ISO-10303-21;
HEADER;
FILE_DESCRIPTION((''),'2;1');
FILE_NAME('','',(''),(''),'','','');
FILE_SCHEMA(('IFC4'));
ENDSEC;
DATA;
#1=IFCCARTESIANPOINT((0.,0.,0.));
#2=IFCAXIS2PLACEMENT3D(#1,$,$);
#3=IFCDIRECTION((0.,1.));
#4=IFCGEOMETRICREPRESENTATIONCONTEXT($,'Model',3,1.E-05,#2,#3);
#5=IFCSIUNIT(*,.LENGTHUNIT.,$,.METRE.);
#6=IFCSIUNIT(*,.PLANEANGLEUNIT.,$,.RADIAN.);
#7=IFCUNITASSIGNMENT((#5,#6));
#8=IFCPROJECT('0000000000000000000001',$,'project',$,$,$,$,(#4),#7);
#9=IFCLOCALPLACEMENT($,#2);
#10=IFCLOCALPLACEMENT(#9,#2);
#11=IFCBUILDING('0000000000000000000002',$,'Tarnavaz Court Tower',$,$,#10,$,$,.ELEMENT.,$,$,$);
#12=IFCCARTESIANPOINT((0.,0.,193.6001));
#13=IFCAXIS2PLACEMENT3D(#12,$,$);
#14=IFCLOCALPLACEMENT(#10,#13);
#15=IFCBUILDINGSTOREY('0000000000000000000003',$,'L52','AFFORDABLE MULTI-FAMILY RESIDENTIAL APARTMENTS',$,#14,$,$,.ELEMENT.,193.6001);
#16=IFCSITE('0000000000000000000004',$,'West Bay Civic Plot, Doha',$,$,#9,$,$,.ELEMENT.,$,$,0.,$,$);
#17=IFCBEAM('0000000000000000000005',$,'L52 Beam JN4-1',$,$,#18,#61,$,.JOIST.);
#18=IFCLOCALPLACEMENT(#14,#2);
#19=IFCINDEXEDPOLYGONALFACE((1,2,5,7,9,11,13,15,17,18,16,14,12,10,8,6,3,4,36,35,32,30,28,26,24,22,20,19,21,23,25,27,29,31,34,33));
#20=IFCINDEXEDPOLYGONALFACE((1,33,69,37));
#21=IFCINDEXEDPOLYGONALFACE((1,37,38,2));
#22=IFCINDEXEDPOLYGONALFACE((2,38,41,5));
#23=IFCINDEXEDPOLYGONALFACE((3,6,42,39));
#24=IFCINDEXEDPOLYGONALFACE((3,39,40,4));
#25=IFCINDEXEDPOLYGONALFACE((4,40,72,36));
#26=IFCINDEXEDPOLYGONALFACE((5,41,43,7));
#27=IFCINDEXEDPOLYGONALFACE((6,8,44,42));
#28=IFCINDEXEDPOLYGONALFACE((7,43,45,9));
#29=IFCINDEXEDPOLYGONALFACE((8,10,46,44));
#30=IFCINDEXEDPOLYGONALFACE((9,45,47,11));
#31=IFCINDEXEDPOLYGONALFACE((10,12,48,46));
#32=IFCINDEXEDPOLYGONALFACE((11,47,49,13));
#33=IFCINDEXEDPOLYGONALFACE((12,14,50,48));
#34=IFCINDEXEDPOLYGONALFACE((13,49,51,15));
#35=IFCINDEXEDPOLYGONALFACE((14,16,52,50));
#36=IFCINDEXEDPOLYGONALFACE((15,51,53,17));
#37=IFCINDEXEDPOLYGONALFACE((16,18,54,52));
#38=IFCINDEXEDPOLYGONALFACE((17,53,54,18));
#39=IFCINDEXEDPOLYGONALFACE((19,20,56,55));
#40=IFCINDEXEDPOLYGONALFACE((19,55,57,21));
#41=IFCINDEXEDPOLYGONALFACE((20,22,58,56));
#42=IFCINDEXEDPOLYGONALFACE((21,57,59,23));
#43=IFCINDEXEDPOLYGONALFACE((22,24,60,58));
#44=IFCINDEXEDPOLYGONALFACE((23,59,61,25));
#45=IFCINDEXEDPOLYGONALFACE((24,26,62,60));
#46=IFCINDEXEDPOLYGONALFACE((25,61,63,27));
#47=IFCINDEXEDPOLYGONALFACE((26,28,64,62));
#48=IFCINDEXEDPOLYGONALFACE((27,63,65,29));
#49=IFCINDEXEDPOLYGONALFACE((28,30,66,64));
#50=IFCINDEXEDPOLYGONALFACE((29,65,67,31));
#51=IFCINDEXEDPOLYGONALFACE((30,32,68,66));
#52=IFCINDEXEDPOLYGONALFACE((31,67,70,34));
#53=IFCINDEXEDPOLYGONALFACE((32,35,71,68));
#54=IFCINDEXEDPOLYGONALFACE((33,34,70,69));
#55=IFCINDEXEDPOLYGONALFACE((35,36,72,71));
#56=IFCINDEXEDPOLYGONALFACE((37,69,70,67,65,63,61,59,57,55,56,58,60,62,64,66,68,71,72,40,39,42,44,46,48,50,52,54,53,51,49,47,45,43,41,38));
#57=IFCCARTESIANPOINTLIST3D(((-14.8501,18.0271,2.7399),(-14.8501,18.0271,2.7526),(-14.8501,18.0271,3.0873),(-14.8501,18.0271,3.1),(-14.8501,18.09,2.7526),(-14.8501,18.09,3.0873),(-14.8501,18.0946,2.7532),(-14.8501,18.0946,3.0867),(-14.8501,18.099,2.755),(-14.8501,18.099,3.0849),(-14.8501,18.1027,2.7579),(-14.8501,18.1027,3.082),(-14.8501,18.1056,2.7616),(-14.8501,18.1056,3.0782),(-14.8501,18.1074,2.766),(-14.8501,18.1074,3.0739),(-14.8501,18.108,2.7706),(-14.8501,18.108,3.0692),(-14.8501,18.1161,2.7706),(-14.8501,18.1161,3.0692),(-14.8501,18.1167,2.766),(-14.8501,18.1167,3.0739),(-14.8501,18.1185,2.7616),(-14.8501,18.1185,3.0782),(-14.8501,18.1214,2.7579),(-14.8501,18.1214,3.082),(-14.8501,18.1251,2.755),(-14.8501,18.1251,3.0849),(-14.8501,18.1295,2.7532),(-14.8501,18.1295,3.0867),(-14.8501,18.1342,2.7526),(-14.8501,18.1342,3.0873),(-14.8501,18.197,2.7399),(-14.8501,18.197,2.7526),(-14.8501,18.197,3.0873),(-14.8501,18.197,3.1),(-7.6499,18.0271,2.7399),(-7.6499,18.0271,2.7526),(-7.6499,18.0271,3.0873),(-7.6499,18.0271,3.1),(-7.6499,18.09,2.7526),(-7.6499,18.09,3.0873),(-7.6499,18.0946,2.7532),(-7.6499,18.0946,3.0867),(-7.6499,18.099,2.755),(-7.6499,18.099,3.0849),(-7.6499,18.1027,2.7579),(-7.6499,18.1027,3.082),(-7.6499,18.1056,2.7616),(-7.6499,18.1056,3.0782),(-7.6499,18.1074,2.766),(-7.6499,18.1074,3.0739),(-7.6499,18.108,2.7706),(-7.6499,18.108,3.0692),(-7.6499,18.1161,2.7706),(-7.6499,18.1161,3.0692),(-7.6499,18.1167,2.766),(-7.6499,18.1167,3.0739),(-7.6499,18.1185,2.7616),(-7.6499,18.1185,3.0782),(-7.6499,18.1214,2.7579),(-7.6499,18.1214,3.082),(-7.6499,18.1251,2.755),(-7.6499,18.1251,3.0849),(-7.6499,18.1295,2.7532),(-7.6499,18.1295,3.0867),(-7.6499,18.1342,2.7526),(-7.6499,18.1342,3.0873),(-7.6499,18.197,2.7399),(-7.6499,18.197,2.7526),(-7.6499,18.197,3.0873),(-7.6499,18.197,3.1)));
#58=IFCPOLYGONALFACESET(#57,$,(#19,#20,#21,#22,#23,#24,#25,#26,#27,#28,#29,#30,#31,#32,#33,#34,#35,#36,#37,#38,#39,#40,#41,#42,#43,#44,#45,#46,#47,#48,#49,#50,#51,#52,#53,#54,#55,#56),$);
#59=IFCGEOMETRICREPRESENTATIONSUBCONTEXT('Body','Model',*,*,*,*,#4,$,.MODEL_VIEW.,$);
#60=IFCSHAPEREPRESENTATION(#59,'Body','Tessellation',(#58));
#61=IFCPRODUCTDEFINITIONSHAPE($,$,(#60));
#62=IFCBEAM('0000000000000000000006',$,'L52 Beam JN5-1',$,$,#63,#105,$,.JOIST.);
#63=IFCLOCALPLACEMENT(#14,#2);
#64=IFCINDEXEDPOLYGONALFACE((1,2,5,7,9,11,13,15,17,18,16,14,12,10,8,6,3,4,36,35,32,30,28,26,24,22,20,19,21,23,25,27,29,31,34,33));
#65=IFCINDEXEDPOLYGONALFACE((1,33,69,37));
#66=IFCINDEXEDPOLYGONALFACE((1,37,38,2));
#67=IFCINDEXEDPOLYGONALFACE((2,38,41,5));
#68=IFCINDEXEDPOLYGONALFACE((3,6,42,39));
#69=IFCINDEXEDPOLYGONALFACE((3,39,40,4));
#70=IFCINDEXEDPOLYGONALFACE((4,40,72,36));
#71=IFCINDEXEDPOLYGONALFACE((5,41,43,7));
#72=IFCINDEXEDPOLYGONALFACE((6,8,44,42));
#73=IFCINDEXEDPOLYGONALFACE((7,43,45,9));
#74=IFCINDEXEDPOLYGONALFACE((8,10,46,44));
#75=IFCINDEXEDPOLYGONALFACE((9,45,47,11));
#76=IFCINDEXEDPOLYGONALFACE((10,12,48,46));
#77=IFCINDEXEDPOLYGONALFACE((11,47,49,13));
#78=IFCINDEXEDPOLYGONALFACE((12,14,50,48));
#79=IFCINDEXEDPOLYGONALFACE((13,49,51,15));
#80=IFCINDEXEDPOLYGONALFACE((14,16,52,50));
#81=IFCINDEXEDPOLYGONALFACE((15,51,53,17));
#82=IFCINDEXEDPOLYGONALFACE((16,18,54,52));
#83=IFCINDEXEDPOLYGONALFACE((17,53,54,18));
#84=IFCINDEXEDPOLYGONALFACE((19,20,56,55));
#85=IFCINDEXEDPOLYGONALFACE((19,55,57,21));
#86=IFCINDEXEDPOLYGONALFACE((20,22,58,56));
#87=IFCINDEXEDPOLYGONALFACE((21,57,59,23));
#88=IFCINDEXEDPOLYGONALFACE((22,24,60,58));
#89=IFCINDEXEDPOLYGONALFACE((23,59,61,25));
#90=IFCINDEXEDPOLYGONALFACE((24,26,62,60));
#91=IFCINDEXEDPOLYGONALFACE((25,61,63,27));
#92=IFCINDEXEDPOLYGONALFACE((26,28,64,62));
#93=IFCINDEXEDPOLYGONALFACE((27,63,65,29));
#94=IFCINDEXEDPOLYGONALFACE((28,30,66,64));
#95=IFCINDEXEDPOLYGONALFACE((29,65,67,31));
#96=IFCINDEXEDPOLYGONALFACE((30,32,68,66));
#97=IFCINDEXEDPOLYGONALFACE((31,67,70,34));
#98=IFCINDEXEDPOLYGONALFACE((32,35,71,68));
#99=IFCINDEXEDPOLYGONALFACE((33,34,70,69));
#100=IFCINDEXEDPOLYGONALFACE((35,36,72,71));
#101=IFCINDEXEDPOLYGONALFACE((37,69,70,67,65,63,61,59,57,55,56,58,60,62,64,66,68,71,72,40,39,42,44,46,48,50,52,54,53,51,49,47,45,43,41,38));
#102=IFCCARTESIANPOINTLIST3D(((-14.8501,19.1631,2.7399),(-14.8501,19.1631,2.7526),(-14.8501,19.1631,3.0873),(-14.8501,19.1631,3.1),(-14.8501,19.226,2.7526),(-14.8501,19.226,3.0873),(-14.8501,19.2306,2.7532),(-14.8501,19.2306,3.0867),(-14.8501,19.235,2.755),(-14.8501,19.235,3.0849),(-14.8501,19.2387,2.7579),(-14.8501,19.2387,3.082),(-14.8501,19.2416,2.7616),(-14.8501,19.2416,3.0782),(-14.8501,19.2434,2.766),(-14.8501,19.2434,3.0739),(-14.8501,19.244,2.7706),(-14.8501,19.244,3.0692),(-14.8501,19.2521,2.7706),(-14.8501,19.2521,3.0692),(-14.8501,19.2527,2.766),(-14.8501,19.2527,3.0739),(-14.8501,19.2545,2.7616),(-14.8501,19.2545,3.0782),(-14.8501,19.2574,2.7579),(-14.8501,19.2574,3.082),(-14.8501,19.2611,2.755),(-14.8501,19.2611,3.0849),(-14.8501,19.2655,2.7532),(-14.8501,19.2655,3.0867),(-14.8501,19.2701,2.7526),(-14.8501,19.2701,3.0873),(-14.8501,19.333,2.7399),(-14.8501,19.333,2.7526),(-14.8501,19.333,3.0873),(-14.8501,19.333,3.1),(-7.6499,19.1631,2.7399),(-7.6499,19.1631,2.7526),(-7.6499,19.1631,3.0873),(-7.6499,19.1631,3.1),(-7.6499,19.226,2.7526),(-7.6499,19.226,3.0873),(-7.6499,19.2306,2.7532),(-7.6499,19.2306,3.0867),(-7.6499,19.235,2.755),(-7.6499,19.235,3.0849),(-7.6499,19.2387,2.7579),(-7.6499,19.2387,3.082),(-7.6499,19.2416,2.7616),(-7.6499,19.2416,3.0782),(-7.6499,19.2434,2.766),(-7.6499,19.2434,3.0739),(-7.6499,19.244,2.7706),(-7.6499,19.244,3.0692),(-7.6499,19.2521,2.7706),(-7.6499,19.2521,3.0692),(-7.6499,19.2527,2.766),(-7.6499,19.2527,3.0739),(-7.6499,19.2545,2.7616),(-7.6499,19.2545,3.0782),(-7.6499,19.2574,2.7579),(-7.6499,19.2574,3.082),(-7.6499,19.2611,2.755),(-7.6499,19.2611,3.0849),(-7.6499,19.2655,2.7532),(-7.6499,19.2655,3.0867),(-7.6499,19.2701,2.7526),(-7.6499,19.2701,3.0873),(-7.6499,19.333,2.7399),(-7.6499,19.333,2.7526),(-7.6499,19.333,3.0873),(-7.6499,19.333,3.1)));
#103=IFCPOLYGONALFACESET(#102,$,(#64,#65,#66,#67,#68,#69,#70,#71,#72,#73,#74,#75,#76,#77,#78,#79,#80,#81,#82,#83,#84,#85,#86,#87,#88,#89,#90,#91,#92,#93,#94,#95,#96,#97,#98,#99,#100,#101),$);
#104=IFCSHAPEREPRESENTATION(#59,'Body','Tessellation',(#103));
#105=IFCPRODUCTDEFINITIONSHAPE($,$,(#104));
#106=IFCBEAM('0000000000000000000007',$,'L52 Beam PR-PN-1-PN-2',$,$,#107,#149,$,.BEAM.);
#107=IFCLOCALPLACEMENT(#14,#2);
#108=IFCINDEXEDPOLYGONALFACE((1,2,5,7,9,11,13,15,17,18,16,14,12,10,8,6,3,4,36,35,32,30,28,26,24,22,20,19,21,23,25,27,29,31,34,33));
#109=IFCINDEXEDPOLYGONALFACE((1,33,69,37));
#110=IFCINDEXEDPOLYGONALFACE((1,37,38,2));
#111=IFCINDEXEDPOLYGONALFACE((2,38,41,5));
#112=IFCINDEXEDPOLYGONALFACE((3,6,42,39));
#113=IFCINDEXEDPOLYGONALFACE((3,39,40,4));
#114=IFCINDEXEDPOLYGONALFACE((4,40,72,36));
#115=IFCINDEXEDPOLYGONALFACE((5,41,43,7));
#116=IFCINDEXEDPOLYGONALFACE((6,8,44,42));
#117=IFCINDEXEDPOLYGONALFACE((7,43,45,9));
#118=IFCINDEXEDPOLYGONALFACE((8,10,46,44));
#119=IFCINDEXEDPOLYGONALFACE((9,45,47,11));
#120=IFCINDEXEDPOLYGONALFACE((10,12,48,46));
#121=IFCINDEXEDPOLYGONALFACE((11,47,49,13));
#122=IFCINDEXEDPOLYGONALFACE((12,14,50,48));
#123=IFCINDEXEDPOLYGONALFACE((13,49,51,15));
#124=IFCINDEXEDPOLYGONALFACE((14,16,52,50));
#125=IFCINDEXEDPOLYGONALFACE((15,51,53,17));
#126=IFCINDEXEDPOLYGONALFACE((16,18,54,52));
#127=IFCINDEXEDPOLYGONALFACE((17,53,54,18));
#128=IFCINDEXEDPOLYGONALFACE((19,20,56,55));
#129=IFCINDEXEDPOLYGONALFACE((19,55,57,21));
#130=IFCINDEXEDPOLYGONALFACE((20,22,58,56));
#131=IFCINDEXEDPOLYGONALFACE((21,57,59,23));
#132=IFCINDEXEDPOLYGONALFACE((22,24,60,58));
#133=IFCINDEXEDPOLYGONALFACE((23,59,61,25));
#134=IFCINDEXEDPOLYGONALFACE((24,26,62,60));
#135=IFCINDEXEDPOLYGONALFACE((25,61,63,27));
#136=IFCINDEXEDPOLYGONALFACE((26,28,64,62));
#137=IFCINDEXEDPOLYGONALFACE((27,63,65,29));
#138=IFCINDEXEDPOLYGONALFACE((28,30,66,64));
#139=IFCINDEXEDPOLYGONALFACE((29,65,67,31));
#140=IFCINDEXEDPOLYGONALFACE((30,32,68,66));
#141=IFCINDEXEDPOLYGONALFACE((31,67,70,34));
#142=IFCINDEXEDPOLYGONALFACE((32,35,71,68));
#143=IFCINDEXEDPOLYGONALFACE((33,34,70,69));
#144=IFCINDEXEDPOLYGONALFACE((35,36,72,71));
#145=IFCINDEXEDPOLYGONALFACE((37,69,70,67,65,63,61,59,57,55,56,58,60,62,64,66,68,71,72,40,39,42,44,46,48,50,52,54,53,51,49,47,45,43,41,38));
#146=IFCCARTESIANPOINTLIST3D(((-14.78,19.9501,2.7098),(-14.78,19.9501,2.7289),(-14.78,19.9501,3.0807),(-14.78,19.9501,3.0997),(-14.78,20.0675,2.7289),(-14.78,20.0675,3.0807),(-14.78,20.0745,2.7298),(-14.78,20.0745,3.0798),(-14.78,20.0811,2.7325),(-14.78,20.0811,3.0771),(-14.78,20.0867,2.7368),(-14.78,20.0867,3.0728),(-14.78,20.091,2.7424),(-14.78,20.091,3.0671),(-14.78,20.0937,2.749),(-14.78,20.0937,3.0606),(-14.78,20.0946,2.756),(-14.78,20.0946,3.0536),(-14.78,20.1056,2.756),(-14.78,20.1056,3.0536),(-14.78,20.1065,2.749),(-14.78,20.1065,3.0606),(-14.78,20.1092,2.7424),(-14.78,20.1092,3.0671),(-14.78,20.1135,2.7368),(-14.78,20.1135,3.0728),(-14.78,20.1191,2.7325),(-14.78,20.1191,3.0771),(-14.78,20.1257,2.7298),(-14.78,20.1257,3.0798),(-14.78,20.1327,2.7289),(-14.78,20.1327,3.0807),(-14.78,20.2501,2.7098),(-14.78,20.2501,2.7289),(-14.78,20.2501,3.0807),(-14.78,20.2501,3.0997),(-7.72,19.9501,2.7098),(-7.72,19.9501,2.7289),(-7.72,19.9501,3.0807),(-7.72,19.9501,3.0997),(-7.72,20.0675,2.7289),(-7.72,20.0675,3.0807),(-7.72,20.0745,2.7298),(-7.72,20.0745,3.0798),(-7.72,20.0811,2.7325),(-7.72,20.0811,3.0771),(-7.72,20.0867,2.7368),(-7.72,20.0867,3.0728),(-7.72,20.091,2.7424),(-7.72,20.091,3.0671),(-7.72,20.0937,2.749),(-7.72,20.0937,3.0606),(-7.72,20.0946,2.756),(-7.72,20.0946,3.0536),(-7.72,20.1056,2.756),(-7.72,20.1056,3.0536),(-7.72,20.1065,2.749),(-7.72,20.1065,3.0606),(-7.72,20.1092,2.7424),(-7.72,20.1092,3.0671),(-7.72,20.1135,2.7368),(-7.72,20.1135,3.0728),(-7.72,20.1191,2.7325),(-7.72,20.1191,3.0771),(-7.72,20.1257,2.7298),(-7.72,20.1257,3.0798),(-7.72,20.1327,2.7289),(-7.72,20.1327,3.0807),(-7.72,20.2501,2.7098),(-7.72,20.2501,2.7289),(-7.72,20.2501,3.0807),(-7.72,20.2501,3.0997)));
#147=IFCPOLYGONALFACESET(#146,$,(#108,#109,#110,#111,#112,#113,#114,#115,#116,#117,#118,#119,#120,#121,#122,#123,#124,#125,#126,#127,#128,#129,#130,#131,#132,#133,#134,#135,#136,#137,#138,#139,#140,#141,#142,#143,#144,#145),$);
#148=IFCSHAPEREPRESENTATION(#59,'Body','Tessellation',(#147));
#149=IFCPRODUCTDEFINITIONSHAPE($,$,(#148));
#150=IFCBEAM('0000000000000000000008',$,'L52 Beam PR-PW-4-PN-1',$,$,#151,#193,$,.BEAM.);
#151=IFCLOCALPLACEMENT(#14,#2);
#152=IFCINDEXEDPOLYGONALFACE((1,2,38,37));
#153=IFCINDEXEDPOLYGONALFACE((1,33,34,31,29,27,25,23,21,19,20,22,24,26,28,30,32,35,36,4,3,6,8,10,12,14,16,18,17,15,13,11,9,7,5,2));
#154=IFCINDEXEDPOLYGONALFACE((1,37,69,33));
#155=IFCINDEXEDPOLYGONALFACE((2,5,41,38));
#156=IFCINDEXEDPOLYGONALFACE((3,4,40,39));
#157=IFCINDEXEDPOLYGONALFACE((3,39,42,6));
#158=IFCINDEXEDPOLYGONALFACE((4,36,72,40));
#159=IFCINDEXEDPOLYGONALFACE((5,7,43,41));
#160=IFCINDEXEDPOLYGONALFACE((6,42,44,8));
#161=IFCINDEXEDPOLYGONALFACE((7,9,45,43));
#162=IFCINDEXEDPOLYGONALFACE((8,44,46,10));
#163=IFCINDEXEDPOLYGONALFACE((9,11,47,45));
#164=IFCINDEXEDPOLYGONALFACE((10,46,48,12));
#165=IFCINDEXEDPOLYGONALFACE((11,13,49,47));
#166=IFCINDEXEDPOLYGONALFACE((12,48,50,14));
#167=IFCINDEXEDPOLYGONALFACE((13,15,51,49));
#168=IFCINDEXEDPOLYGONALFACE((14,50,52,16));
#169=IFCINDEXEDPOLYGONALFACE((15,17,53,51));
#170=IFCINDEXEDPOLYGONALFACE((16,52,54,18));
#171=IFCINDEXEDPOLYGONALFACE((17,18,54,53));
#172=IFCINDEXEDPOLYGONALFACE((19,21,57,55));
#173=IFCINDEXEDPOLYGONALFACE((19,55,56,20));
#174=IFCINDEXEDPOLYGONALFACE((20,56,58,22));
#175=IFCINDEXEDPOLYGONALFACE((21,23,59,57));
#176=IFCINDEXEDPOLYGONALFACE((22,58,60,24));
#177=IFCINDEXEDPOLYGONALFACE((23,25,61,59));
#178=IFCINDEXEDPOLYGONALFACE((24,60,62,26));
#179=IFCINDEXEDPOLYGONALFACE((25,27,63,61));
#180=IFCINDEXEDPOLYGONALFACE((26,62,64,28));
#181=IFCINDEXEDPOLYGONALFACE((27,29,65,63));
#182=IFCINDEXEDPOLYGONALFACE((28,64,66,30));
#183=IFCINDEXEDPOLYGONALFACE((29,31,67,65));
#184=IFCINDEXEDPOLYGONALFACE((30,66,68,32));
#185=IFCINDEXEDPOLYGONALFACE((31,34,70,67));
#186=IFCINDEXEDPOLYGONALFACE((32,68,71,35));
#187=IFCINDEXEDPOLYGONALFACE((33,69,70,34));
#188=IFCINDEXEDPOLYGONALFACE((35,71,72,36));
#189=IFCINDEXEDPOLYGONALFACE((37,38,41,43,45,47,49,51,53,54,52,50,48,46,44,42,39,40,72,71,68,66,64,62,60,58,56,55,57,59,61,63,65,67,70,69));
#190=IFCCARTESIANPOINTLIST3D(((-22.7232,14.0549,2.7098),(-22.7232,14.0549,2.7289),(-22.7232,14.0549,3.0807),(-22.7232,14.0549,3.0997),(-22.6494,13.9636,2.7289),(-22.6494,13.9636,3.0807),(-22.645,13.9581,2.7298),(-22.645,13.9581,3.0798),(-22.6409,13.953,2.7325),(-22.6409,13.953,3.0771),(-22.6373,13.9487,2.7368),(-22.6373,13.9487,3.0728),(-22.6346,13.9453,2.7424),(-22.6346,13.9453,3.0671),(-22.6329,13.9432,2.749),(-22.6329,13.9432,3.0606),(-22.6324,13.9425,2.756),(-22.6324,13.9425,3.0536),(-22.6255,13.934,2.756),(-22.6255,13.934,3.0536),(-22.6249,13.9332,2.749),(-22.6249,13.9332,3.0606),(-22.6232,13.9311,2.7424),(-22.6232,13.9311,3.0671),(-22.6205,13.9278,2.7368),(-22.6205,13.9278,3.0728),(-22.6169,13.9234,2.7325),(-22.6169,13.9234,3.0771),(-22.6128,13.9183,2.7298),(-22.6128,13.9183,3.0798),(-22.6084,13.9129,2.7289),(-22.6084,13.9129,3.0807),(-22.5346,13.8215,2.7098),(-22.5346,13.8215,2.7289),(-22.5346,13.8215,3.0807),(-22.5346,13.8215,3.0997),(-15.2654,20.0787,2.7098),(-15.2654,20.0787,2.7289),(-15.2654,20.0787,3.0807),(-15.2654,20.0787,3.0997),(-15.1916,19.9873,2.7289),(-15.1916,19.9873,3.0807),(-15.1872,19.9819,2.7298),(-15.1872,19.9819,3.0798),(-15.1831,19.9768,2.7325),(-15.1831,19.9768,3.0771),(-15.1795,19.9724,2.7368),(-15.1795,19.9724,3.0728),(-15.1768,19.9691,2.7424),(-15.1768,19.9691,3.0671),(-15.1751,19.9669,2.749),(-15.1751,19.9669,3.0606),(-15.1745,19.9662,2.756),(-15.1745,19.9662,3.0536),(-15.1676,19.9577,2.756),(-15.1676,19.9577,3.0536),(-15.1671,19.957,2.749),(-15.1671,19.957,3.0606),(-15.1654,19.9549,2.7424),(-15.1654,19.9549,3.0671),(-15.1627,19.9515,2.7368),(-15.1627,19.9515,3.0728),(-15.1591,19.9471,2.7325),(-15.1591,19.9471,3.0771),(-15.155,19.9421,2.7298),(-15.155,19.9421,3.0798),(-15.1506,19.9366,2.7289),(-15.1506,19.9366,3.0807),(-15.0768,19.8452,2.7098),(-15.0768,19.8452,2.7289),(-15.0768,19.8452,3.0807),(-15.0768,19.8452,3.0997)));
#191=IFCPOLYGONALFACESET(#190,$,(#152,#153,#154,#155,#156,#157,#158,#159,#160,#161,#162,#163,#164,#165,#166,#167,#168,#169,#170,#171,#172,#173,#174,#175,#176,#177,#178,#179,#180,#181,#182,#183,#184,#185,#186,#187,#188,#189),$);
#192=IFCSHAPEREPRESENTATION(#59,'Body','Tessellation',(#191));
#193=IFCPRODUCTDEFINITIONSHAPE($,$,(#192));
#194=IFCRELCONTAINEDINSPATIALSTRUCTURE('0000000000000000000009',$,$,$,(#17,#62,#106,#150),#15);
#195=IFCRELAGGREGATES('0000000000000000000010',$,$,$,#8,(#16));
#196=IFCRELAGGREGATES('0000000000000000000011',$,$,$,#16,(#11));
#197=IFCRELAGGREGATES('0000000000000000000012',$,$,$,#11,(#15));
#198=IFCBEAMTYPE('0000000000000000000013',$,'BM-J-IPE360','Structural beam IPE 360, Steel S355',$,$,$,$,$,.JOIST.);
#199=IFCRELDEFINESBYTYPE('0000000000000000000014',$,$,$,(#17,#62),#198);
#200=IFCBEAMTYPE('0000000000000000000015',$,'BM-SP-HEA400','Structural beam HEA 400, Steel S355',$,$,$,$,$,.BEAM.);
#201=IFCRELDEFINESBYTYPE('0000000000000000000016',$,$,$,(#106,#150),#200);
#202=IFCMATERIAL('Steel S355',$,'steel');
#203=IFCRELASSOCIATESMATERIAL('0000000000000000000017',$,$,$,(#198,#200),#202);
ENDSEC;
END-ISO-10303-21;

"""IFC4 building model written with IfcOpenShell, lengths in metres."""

from ifc_helpers import new_model, si_unit, direction, frame, origin, origin_2d, place, context, subcontext, project, spatial, i_section, extrude, material, material_profile, profile_set, type_object, element, save


model = new_model("IFC4")

# Units and contexts
model_context = context("Model", 3, precision=1e-05, world=origin(), true_north=direction((0.0, 1.0)))
body_context = subcontext(model_context, "Body", "Model", "MODEL_VIEW")
ifc_project = project(units=[si_unit("LENGTHUNIT", "METRE"), si_unit("PLANEANGLEUNIT", "RADIAN")], contexts=[model_context])

# Site, building, storey
site_placement = place(None, origin())
site = spatial("IfcSite", under=ifc_project, at=site_placement, Name="West Bay Civic Plot, Doha", CompositionType="ELEMENT", RefElevation=0.0)
building_placement = place(site_placement, origin())
building = spatial("IfcBuilding", under=site, at=building_placement, Name="Tarnavaz Court Tower", CompositionType="ELEMENT")
storey_placement = place(building_placement, frame((0.0, 0.0, 193.6001)))
storey = spatial("IfcBuildingStorey", under=building, at=storey_placement, Name="L52", Description="AFFORDABLE MULTI-FAMILY RESIDENTIAL APARTMENTS", CompositionType="ELEMENT", Elevation=193.6001)

# Beams
ifc_material_1 = material(Name="Steel S355", Category="steel")
ifc_material_profile_1 = material_profile(ifc_material_1, i_section(OverallWidth=0.1699, OverallDepth=0.3601, WebThickness=0.0081, FlangeThickness=0.0127, FilletRadius=0.0181, at=origin_2d()), Name="IPE 360")
ifc_profile_set_1 = profile_set([ifc_material_profile_1], Name="Steel S355")
beam_type_1 = type_object("IfcBeamType", Name="BM-J-IPE360", Description="Structural beam IPE 360, Steel S355", PredefinedType="JOIST", material=ifc_profile_set_1)
for number, where, z_axis, x_axis, name in (
    (1, (-14.8501, 18.1121, 2.9199), (1.0, 0.0, 0.0), (0.0, 1.0, 0.0), "L52 Beam JN4-1"),
    (2, (-14.8501, 19.248, 2.9199), (1.0, 0.0, 0.0), (0.0, 1.0, 0.0), "L52 Beam JN5-1"),
):
    element("IfcBeam", number, at=place(storey_placement, frame(where, z_axis=z_axis, x_axis=x_axis)), inside=storey, type_object=beam_type_1, Name=name, PredefinedType="JOIST", context=body_context, shape_type="SweptSolid", body=[
        extrude(i_section(OverallWidth=0.1699, OverallDepth=0.3601, WebThickness=0.0081, FlangeThickness=0.0127, FilletRadius=0.0181, at=origin_2d()), origin(), (0.0, 0.0, 1.0), 7.2002),
    ])
ifc_material_profile_2 = material_profile(ifc_material_1, i_section(OverallWidth=0.3, OverallDepth=0.3899, WebThickness=0.011, FlangeThickness=0.019, FilletRadius=0.0271, at=origin_2d()), Name="HEA 400")
ifc_profile_set_2 = profile_set([ifc_material_profile_2], Name="Steel S355")
beam_type_2 = type_object("IfcBeamType", Name="BM-SP-HEA400", Description="Structural beam HEA 400, Steel S355", PredefinedType="BEAM", material=ifc_profile_set_2)
beam_1_placement = place(storey_placement, frame((-14.78, 20.1001, 2.9048), z_axis=(1.0, 0.0, 0.0), x_axis=(0.0, 1.0, 0.0)))
element("IfcBeam", 3, at=beam_1_placement, inside=storey, type_object=beam_type_2, Name="L52 Beam PR-PN-1-PN-2", PredefinedType="BEAM", context=body_context, shape_type="SweptSolid", body=[
    extrude(i_section(OverallWidth=0.3, OverallDepth=0.3899, WebThickness=0.011, FlangeThickness=0.019, FilletRadius=0.0271, at=origin_2d()), origin(), (0.0, 0.0, 1.0), 7.0601),
])
beam_2_placement = place(storey_placement, frame((-22.6289, 13.9382, 2.9048), z_axis=(0.777936, 0.628344, 0.0), x_axis=(-0.628344, 0.777936, 0.0)))
element("IfcBeam", 4, at=beam_2_placement, inside=storey, type_object=beam_type_2, Name="L52 Beam PR-PW-4-PN-1", PredefinedType="BEAM", context=body_context, shape_type="SweptSolid", body=[
    extrude(i_section(OverallWidth=0.3, OverallDepth=0.3899, WebThickness=0.011, FlangeThickness=0.019, FilletRadius=0.0271, at=origin_2d()), origin(), (0.0, 0.0, 1.0), 9.5867),
])

save(model, "model.ifc")
